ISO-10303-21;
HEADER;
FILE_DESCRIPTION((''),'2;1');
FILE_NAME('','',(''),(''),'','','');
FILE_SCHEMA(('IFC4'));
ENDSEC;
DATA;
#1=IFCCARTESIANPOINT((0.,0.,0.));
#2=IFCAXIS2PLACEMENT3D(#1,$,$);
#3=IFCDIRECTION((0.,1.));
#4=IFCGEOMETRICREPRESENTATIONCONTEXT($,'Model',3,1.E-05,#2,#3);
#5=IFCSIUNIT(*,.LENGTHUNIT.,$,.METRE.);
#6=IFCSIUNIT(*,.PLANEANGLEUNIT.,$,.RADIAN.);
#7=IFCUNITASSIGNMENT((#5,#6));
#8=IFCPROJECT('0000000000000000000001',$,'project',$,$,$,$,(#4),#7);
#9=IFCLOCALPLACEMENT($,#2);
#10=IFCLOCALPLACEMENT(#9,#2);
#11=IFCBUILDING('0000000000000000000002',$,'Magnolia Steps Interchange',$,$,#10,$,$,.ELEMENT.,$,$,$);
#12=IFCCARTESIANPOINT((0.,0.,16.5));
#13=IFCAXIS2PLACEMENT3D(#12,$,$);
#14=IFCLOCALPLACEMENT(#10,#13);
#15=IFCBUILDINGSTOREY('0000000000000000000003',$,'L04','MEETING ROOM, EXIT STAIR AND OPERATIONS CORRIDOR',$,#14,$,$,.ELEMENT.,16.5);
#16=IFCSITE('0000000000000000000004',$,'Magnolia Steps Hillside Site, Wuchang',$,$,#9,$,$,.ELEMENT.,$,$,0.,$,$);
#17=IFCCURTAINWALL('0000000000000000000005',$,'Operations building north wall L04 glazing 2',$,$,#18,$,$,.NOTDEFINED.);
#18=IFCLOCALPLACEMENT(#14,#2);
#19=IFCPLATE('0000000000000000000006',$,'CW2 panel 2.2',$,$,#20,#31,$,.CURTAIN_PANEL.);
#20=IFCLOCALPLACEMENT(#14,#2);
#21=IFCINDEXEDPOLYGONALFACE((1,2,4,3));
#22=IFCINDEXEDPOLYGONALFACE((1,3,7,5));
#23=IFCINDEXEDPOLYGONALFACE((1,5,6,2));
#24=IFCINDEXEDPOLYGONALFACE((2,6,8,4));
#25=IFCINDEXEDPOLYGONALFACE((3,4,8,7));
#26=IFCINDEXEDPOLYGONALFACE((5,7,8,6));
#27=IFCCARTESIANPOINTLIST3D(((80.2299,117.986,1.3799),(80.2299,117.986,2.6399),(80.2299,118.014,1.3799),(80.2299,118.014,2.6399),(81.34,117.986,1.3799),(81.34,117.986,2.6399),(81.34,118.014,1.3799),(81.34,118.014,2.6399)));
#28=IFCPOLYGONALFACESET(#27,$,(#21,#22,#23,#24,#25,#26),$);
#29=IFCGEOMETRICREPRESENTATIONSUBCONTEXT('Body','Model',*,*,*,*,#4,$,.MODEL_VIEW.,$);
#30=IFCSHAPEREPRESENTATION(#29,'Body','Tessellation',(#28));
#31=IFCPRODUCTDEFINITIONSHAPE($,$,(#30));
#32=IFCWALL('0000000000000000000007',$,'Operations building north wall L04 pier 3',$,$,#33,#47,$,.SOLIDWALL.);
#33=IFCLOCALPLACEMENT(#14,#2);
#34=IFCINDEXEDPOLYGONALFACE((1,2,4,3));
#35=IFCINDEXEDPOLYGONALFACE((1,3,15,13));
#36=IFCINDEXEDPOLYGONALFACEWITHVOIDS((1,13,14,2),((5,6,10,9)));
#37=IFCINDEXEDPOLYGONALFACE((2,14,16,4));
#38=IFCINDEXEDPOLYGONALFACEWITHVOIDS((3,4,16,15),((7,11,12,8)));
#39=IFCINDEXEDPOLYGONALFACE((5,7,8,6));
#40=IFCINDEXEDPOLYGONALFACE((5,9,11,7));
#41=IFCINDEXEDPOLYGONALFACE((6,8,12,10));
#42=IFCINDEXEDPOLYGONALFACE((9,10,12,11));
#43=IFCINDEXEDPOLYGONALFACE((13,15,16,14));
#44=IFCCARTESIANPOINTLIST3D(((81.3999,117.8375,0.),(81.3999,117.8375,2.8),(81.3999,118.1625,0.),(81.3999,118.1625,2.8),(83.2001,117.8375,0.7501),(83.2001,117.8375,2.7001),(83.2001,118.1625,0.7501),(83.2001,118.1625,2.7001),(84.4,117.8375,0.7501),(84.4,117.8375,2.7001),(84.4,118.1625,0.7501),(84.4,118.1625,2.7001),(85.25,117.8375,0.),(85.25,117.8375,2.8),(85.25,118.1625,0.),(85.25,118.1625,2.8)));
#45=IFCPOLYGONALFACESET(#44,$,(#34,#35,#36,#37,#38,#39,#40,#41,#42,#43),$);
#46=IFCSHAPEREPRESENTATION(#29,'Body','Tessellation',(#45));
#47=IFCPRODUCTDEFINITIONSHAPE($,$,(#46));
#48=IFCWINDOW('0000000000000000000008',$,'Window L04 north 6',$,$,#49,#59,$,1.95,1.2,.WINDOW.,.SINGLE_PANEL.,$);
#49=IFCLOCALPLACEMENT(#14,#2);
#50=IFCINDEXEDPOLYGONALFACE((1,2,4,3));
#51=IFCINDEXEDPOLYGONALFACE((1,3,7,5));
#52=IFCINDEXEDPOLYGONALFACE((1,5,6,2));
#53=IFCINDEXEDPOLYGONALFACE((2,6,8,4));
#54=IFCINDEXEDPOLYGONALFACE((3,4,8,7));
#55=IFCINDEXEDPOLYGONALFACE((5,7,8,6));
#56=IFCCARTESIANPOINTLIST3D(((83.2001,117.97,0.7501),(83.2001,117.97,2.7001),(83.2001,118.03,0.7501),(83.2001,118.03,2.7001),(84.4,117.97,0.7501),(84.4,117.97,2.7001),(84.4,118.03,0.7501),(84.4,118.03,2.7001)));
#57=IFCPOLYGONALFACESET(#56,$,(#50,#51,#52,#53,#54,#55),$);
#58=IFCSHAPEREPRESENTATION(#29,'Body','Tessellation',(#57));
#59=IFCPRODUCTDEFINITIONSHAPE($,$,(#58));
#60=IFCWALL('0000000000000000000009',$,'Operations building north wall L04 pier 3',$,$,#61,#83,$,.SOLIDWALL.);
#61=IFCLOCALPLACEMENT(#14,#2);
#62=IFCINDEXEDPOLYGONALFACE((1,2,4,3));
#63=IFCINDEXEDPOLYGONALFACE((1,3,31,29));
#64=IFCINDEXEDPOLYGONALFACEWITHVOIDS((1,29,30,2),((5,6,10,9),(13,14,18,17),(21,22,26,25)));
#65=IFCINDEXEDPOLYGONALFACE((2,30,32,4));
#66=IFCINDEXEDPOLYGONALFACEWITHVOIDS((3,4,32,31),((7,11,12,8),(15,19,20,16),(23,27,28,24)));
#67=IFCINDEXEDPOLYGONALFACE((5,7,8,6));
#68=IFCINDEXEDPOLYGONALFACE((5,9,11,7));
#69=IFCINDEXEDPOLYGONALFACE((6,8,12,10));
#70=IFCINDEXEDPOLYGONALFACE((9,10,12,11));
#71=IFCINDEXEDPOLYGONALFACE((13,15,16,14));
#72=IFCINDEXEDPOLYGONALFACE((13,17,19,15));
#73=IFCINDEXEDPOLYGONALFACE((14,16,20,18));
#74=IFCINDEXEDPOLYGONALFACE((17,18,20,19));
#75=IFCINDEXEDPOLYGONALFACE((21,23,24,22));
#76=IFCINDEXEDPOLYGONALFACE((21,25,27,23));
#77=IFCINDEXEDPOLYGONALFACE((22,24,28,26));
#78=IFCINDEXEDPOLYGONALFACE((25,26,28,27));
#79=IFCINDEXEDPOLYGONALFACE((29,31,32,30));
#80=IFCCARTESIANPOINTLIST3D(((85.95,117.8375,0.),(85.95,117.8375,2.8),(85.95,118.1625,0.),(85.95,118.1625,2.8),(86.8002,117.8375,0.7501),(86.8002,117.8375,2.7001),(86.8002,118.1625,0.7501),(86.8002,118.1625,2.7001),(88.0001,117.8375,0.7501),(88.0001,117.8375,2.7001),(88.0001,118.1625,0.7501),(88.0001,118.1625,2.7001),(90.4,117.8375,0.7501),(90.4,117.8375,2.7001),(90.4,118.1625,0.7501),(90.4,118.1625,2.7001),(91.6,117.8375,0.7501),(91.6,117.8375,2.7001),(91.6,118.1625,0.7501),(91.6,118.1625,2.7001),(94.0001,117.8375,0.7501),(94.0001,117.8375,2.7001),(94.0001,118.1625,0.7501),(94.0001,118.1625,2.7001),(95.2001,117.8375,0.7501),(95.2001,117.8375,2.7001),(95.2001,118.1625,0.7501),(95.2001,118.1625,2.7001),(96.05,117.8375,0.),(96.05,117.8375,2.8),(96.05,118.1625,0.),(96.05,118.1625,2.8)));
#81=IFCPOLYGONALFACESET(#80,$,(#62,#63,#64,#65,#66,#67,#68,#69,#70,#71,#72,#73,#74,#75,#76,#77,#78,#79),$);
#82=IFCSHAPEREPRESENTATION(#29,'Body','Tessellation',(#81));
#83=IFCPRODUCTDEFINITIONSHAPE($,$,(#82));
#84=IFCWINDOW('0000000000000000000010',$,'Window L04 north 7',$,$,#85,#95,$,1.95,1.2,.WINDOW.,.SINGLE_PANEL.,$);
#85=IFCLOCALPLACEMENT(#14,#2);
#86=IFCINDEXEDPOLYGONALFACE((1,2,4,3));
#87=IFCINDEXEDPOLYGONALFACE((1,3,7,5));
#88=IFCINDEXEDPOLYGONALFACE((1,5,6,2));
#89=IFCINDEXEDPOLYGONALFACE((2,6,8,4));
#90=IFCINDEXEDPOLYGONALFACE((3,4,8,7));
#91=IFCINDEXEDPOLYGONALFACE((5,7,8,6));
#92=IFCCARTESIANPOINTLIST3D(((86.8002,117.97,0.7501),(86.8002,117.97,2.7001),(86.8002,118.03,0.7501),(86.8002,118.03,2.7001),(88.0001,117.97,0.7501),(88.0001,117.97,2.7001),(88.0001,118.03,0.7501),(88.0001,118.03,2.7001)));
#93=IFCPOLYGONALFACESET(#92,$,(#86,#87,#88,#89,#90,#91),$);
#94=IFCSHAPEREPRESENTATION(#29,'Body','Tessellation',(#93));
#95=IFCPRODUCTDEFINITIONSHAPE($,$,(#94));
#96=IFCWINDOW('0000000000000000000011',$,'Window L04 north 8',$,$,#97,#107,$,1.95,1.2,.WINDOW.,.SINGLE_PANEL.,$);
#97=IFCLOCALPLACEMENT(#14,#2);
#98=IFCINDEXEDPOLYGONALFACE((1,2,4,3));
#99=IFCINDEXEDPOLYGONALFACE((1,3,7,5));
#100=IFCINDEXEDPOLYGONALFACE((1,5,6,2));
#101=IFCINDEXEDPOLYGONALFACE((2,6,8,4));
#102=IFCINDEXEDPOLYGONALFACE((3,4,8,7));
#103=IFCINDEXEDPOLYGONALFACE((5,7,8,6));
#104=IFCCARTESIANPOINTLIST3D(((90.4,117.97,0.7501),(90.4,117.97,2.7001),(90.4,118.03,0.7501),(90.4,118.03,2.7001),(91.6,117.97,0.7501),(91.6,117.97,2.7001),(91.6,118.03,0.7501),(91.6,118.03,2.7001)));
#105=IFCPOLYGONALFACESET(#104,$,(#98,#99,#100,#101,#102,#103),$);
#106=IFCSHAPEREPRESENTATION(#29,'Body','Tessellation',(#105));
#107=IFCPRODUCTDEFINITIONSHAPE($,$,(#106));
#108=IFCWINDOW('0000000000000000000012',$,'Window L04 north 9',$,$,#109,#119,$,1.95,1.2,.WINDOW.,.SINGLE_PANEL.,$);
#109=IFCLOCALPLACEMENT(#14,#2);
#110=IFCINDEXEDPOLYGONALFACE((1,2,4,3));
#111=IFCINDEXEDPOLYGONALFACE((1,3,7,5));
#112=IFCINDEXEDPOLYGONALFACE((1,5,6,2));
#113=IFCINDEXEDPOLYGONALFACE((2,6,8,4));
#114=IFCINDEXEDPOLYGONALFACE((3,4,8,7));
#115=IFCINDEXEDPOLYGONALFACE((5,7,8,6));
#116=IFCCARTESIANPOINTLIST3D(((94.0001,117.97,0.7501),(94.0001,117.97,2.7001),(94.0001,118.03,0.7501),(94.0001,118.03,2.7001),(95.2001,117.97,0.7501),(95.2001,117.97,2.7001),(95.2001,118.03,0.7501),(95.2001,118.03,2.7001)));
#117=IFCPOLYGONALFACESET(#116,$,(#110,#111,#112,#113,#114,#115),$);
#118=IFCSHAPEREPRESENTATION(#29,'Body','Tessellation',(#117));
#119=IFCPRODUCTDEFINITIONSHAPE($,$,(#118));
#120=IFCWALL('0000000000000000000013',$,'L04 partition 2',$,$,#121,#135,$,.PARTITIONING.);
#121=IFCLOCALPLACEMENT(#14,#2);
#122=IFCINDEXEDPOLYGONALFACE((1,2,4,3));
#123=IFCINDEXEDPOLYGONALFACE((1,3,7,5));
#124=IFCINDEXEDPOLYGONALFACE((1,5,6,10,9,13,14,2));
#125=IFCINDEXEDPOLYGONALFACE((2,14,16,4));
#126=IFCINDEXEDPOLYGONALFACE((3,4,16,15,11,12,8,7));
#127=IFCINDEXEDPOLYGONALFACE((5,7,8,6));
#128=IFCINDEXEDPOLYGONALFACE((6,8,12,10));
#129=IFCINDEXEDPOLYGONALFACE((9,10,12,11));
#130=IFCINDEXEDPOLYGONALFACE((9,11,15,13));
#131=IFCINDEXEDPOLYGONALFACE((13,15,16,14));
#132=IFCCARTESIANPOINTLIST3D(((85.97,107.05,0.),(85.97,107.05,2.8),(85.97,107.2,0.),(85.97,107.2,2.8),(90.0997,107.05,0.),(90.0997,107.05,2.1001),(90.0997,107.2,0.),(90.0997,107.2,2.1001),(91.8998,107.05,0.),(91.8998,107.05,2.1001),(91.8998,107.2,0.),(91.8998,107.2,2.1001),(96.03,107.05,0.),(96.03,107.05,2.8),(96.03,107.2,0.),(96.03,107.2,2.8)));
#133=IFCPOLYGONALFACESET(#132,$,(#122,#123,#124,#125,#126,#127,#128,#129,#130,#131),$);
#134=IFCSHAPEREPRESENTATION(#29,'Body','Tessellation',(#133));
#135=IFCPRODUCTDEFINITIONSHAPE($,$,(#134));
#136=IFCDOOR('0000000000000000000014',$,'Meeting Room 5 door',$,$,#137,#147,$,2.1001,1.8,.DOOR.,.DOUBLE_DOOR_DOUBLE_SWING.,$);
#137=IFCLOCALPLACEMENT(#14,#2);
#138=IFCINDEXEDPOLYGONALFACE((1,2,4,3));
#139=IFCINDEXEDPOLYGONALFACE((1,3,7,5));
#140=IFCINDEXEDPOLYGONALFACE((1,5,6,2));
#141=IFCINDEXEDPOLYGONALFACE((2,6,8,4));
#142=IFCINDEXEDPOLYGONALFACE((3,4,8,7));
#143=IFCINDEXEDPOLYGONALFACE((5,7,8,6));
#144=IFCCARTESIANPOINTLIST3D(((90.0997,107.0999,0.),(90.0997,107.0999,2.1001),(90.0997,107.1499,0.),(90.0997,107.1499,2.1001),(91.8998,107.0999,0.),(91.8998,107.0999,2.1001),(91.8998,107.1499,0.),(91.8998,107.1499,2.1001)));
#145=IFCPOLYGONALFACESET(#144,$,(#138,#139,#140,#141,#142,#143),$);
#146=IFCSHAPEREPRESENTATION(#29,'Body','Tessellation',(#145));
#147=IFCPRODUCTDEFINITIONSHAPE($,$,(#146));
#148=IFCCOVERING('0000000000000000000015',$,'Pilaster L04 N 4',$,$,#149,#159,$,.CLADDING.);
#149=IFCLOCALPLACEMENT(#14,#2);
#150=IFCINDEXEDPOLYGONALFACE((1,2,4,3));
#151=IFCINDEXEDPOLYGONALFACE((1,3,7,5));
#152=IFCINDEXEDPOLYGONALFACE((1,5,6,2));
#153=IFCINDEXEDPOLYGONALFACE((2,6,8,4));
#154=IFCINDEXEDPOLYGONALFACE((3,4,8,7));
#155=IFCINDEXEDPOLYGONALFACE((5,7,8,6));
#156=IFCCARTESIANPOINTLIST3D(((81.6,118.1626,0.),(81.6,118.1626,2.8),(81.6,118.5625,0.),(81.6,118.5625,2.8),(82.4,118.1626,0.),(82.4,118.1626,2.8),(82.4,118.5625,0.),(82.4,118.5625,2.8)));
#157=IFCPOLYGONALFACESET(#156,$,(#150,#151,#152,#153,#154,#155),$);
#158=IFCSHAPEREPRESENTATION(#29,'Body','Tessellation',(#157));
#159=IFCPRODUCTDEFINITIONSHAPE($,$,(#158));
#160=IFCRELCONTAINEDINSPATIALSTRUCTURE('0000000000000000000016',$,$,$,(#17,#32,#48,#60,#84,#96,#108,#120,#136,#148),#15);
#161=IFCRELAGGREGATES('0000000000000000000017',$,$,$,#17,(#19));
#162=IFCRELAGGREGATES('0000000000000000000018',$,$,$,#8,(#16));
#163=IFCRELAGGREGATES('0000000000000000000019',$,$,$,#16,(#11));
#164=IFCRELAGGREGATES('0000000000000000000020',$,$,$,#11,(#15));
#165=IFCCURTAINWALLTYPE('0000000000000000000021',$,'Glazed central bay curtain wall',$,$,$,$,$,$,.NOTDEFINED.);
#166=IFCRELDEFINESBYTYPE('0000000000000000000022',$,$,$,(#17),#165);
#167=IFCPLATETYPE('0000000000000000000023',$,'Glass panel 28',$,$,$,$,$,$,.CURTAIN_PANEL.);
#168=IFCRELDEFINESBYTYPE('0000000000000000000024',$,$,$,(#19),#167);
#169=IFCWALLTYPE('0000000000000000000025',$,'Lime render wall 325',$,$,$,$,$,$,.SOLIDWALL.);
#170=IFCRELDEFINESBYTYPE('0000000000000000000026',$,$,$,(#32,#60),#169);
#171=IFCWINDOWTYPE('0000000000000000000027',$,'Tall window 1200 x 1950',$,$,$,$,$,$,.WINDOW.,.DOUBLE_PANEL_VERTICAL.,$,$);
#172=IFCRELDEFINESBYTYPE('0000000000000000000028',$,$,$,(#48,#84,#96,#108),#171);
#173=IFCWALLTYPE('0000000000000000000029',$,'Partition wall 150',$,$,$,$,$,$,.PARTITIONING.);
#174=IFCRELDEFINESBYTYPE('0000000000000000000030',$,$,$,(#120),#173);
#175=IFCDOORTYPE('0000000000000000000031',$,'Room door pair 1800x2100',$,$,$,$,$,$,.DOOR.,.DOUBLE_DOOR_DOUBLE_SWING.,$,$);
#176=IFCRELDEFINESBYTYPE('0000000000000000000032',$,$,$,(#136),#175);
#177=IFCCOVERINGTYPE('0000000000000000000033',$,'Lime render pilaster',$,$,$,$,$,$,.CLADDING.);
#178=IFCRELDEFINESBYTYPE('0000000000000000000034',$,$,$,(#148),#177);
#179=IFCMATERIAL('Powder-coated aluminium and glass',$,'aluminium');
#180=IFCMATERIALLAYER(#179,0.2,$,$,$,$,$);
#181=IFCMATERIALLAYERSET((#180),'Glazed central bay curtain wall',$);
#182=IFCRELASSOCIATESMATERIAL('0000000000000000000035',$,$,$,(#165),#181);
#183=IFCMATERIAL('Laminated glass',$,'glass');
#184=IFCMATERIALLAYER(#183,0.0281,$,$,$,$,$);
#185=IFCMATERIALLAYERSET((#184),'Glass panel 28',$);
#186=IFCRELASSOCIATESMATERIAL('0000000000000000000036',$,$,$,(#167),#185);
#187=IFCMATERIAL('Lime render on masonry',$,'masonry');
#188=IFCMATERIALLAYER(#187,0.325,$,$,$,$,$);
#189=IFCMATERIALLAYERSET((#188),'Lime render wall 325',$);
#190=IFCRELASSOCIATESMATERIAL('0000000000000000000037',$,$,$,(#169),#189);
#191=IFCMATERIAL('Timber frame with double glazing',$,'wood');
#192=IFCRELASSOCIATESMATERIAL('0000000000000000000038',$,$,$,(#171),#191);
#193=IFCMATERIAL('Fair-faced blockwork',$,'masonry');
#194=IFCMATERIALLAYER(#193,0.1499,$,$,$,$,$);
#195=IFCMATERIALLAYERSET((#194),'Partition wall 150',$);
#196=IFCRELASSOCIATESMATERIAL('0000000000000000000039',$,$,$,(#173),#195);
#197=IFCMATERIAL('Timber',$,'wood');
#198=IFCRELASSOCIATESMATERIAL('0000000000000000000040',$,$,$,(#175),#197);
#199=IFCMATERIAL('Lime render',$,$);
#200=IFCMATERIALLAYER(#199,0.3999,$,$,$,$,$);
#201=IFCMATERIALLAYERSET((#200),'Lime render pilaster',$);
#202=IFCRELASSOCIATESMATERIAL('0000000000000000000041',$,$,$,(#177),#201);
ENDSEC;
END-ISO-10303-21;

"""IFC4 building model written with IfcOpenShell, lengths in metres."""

from ifc_helpers import new_model, si_unit, direction, frame, frame_2d, origin, origin_2d, place, context, subcontext, project, spatial, rectangle, extrude, material, layer, layer_set, type_object, element, fill, aggregate, save


model = new_model("IFC4")

# Units and contexts
model_context = context("Model", 3, precision=1e-05, world=origin(), true_north=direction((0.0, 1.0)))
body_context = subcontext(model_context, "Body", "Model", "MODEL_VIEW")
ifc_project = project(units=[si_unit("LENGTHUNIT", "METRE"), si_unit("PLANEANGLEUNIT", "RADIAN")], contexts=[model_context])

# Site, building, storey
site_placement = place(None, origin())
site = spatial("IfcSite", under=ifc_project, at=site_placement, Name="Magnolia Steps Hillside Site, Wuchang", CompositionType="ELEMENT", RefElevation=0.0)
building_placement = place(site_placement, origin())
building = spatial("IfcBuilding", under=site, at=building_placement, Name="Magnolia Steps Interchange", CompositionType="ELEMENT")
storey_placement = place(building_placement, frame((0.0, 0.0, 16.5)))
storey = spatial("IfcBuildingStorey", under=building, at=storey_placement, Name="L04", Description="MEETING ROOM, EXIT STAIR AND OPERATIONS CORRIDOR", CompositionType="ELEMENT", Elevation=16.5)

# Curtain wall
ifc_material_1 = material(Name="Powder-coated aluminium and glass", Category="aluminium")
ifc_layer_1 = layer(ifc_material_1, 0.2)
ifc_layer_set_1 = layer_set([ifc_layer_1], Name="Glazed central bay curtain wall")
curtain_wall_type = type_object("IfcCurtainWallType", Name="Glazed central bay curtain wall", PredefinedType="NOTDEFINED", material=ifc_layer_set_1)
curtain_wall_placement = place(storey_placement, origin())
curtain_wall = element("IfcCurtainWall", 1, at=curtain_wall_placement, inside=storey, type_object=curtain_wall_type, Name="Operations building north wall L04 glazing 2", PredefinedType="NOTDEFINED")

# Plate
ifc_material_2 = material(Name="Laminated glass", Category="glass")
ifc_layer_2 = layer(ifc_material_2, 0.0281)
ifc_layer_set_2 = layer_set([ifc_layer_2], Name="Glass panel 28")
plate_type = type_object("IfcPlateType", Name="Glass panel 28", PredefinedType="CURTAIN_PANEL", material=ifc_layer_set_2)
plate_1_placement = place(storey_placement, frame((80.7849, 118.0, 1.3799), z_axis=(0.0, 0.0, 1.0), x_axis=(1.0, 0.0, 0.0)))
plate_1 = element("IfcPlate", 2, at=plate_1_placement, type_object=plate_type, Name="CW2 panel 2.2", PredefinedType="CURTAIN_PANEL", context=body_context, shape_type="SweptSolid", body=[
    extrude(rectangle(XDim=1.1101, YDim=0.0281, at=origin_2d()), origin(), (0.0, 0.0, 1.0), 1.26),
])
aggregate(curtain_wall, [plate_1])

# Wall, opening, window
ifc_material_3 = material(Name="Lime render on masonry", Category="masonry")
ifc_layer_3 = layer(ifc_material_3, 0.325)
ifc_layer_set_3 = layer_set([ifc_layer_3], Name="Lime render wall 325")
wall_type_1 = type_object("IfcWallType", Name="Lime render wall 325", PredefinedType="SOLIDWALL", material=ifc_layer_set_3)
wall_1_placement = place(storey_placement, frame((81.3999, 118.0, 0.0), z_axis=(0.0, 0.0, 1.0), x_axis=(1.0, 0.0, 0.0)))
wall_1 = element("IfcWall", 3, at=wall_1_placement, inside=storey, type_object=wall_type_1, Name="Operations building north wall L04 pier 3", PredefinedType="SOLIDWALL", context=body_context, shape_type="SweptSolid", body=[
    extrude(rectangle(XDim=3.8501, YDim=0.325, at=frame_2d((1.925, 0.0))), origin(), (0.0, 0.0, 1.0), 2.8),
])
opening_1_placement = place(wall_1_placement, frame((1.8, 0.0, 0.75)))
opening_1 = element("IfcOpeningElement", 4, at=opening_1_placement, cuts=wall_1, PredefinedType="OPENING", context=body_context, shape_type="SweptSolid", body=[
    extrude(rectangle(XDim=1.2, YDim=1.95, at=frame_2d((0.6001, 0.9751))), frame((0.0, 0.1724, 0.0), z_axis=(0.0, -1.0, 0.0), x_axis=(1.0, 0.0, 0.0)), (0.0, 0.0, 1.0), 0.345),
])
ifc_material_4 = material(Name="Timber frame with double glazing", Category="wood")
window_type = type_object("IfcWindowType", Name="Tall window 1200 x 1950", PartitioningType="DOUBLE_PANEL_VERTICAL", PredefinedType="WINDOW", material=ifc_material_4)
window_1_placement = place(opening_1_placement, origin())
window_1 = element("IfcWindow", 5, at=window_1_placement, inside=storey, type_object=window_type, Name="Window L04 north 6", OverallHeight=1.95, OverallWidth=1.2, PartitioningType="SINGLE_PANEL", PredefinedType="WINDOW", context=body_context, shape_type="SweptSolid", body=[
    extrude(rectangle(XDim=1.2, YDim=1.95, at=frame_2d((0.6001, 0.9751))), frame((0.0, 0.03, 0.0), z_axis=(0.0, -1.0, 0.0), x_axis=(1.0, 0.0, 0.0)), (0.0, 0.0, 1.0), 0.0601),
])
fill(opening_1, window_1)

# Wall, openings, windows
wall_2_placement = place(storey_placement, frame((85.95, 118.0, 0.0), z_axis=(0.0, 0.0, 1.0), x_axis=(1.0, 0.0, 0.0)))
wall_2 = element("IfcWall", 6, at=wall_2_placement, inside=storey, type_object=wall_type_1, Name="Operations building north wall L04 pier 3", PredefinedType="SOLIDWALL", context=body_context, shape_type="SweptSolid", body=[
    extrude(rectangle(XDim=10.1001, YDim=0.325, at=frame_2d((5.05, 0.0))), origin(), (0.0, 0.0, 1.0), 2.8),
])
opening_2_placement = place(wall_2_placement, frame((0.8501, 0.0, 0.75)))
opening_2 = element("IfcOpeningElement", 7, at=opening_2_placement, cuts=wall_2, PredefinedType="OPENING", context=body_context, shape_type="SweptSolid", body=[
    extrude(rectangle(XDim=1.2, YDim=1.95, at=frame_2d((0.6001, 0.9751))), frame((0.0, 0.1724, 0.0), z_axis=(0.0, -1.0, 0.0), x_axis=(1.0, 0.0, 0.0)), (0.0, 0.0, 1.0), 0.345),
])
opening_3_placement = place(wall_2_placement, frame((4.45, 0.0, 0.75)))
opening_3 = element("IfcOpeningElement", 8, at=opening_3_placement, cuts=wall_2, PredefinedType="OPENING", context=body_context, shape_type="SweptSolid", body=[
    extrude(rectangle(XDim=1.2, YDim=1.95, at=frame_2d((0.6001, 0.9751))), frame((0.0, 0.1724, 0.0), z_axis=(0.0, -1.0, 0.0), x_axis=(1.0, 0.0, 0.0)), (0.0, 0.0, 1.0), 0.345),
])
opening_4_placement = place(wall_2_placement, frame((8.05, 0.0, 0.75)))
opening_4 = element("IfcOpeningElement", 9, at=opening_4_placement, cuts=wall_2, PredefinedType="OPENING", context=body_context, shape_type="SweptSolid", body=[
    extrude(rectangle(XDim=1.2, YDim=1.95, at=frame_2d((0.6001, 0.9751))), frame((0.0, 0.1724, 0.0), z_axis=(0.0, -1.0, 0.0), x_axis=(1.0, 0.0, 0.0)), (0.0, 0.0, 1.0), 0.345),
])
window_2_placement = place(opening_2_placement, origin())
window_2 = element("IfcWindow", 10, at=window_2_placement, inside=storey, type_object=window_type, Name="Window L04 north 7", OverallHeight=1.95, OverallWidth=1.2, PartitioningType="SINGLE_PANEL", PredefinedType="WINDOW", context=body_context, shape_type="SweptSolid", body=[
    extrude(rectangle(XDim=1.2, YDim=1.95, at=frame_2d((0.6001, 0.9751))), frame((0.0, 0.03, 0.0), z_axis=(0.0, -1.0, 0.0), x_axis=(1.0, 0.0, 0.0)), (0.0, 0.0, 1.0), 0.0601),
])
fill(opening_2, window_2)
window_3_placement = place(opening_3_placement, origin())
window_3 = element("IfcWindow", 11, at=window_3_placement, inside=storey, type_object=window_type, Name="Window L04 north 8", OverallHeight=1.95, OverallWidth=1.2, PartitioningType="SINGLE_PANEL", PredefinedType="WINDOW", context=body_context, shape_type="SweptSolid", body=[
    extrude(rectangle(XDim=1.2, YDim=1.95, at=frame_2d((0.6001, 0.9751))), frame((0.0, 0.03, 0.0), z_axis=(0.0, -1.0, 0.0), x_axis=(1.0, 0.0, 0.0)), (0.0, 0.0, 1.0), 0.0601),
])
fill(opening_3, window_3)
window_4_placement = place(opening_4_placement, origin())
window_4 = element("IfcWindow", 12, at=window_4_placement, inside=storey, type_object=window_type, Name="Window L04 north 9", OverallHeight=1.95, OverallWidth=1.2, PartitioningType="SINGLE_PANEL", PredefinedType="WINDOW", context=body_context, shape_type="SweptSolid", body=[
    extrude(rectangle(XDim=1.2, YDim=1.95, at=frame_2d((0.6001, 0.9751))), frame((0.0, 0.03, 0.0), z_axis=(0.0, -1.0, 0.0), x_axis=(1.0, 0.0, 0.0)), (0.0, 0.0, 1.0), 0.0601),
])
fill(opening_4, window_4)

# Wall, opening, door
ifc_material_5 = material(Name="Fair-faced blockwork", Category="masonry")
ifc_layer_4 = layer(ifc_material_5, 0.1499)
ifc_layer_set_4 = layer_set([ifc_layer_4], Name="Partition wall 150")
wall_type_2 = type_object("IfcWallType", Name="Partition wall 150", PredefinedType="PARTITIONING", material=ifc_layer_set_4)
wall_3_placement = place(storey_placement, frame((85.97, 107.125, 0.0), z_axis=(0.0, 0.0, 1.0), x_axis=(1.0, 0.0, 0.0)))
wall_3 = element("IfcWall", 13, at=wall_3_placement, inside=storey, type_object=wall_type_2, Name="L04 partition 2", PredefinedType="PARTITIONING", context=body_context, shape_type="SweptSolid", body=[
    extrude(rectangle(XDim=10.0601, YDim=0.1499, at=frame_2d((5.03, 0.0))), origin(), (0.0, 0.0, 1.0), 2.8),
])
opening_5_placement = place(wall_3_placement, frame((4.1299, 0.0, 0.0)))
opening_5 = element("IfcOpeningElement", 14, at=opening_5_placement, cuts=wall_3, PredefinedType="OPENING", context=body_context, shape_type="SweptSolid", body=[
    extrude(rectangle(XDim=1.8, YDim=2.1001, at=frame_2d((0.8999, 1.05))), frame((0.0, 0.085, 0.0), z_axis=(0.0, -1.0, 0.0), x_axis=(1.0, 0.0, 0.0)), (0.0, 0.0, 1.0), 0.1699),
])
ifc_material_6 = material(Name="Timber", Category="wood")
door_type = type_object("IfcDoorType", Name="Room door pair 1800x2100", OperationType="DOUBLE_DOOR_DOUBLE_SWING", PredefinedType="DOOR", material=ifc_material_6)
door_placement = place(opening_5_placement, origin())
door = element("IfcDoor", 15, at=door_placement, inside=storey, type_object=door_type, Name="Meeting Room 5 door", OperationType="DOUBLE_DOOR_DOUBLE_SWING", OverallHeight=2.1001, OverallWidth=1.8, PredefinedType="DOOR", context=body_context, shape_type="SweptSolid", body=[
    extrude(rectangle(XDim=1.8, YDim=2.1001, at=frame_2d((0.8999, 1.05))), frame((0.0, 0.0249, 0.0), z_axis=(0.0, -1.0, 0.0), x_axis=(1.0, 0.0, 0.0)), (0.0, 0.0, 1.0), 0.05),
])
fill(opening_5, door)

# Covering
ifc_material_7 = material(Name="Lime render")
ifc_layer_5 = layer(ifc_material_7, 0.3999)
ifc_layer_set_5 = layer_set([ifc_layer_5], Name="Lime render pilaster")
covering_type_1 = type_object("IfcCoveringType", Name="Lime render pilaster", PredefinedType="CLADDING", material=ifc_layer_set_5)
covering_1_placement = place(storey_placement, frame((82.0, 118.3625, 0.0), z_axis=(0.0, 0.0, 1.0), x_axis=(1.0, 0.0, 0.0)))
element("IfcCovering", 16, at=covering_1_placement, inside=storey, type_object=covering_type_1, Name="Pilaster L04 N 4", PredefinedType="CLADDING", context=body_context, shape_type="SweptSolid", body=[
    extrude(rectangle(XDim=0.8, YDim=0.3999, at=origin_2d()), origin(), (0.0, 0.0, 1.0), 2.8),
])

save(model, "model.ifc")
